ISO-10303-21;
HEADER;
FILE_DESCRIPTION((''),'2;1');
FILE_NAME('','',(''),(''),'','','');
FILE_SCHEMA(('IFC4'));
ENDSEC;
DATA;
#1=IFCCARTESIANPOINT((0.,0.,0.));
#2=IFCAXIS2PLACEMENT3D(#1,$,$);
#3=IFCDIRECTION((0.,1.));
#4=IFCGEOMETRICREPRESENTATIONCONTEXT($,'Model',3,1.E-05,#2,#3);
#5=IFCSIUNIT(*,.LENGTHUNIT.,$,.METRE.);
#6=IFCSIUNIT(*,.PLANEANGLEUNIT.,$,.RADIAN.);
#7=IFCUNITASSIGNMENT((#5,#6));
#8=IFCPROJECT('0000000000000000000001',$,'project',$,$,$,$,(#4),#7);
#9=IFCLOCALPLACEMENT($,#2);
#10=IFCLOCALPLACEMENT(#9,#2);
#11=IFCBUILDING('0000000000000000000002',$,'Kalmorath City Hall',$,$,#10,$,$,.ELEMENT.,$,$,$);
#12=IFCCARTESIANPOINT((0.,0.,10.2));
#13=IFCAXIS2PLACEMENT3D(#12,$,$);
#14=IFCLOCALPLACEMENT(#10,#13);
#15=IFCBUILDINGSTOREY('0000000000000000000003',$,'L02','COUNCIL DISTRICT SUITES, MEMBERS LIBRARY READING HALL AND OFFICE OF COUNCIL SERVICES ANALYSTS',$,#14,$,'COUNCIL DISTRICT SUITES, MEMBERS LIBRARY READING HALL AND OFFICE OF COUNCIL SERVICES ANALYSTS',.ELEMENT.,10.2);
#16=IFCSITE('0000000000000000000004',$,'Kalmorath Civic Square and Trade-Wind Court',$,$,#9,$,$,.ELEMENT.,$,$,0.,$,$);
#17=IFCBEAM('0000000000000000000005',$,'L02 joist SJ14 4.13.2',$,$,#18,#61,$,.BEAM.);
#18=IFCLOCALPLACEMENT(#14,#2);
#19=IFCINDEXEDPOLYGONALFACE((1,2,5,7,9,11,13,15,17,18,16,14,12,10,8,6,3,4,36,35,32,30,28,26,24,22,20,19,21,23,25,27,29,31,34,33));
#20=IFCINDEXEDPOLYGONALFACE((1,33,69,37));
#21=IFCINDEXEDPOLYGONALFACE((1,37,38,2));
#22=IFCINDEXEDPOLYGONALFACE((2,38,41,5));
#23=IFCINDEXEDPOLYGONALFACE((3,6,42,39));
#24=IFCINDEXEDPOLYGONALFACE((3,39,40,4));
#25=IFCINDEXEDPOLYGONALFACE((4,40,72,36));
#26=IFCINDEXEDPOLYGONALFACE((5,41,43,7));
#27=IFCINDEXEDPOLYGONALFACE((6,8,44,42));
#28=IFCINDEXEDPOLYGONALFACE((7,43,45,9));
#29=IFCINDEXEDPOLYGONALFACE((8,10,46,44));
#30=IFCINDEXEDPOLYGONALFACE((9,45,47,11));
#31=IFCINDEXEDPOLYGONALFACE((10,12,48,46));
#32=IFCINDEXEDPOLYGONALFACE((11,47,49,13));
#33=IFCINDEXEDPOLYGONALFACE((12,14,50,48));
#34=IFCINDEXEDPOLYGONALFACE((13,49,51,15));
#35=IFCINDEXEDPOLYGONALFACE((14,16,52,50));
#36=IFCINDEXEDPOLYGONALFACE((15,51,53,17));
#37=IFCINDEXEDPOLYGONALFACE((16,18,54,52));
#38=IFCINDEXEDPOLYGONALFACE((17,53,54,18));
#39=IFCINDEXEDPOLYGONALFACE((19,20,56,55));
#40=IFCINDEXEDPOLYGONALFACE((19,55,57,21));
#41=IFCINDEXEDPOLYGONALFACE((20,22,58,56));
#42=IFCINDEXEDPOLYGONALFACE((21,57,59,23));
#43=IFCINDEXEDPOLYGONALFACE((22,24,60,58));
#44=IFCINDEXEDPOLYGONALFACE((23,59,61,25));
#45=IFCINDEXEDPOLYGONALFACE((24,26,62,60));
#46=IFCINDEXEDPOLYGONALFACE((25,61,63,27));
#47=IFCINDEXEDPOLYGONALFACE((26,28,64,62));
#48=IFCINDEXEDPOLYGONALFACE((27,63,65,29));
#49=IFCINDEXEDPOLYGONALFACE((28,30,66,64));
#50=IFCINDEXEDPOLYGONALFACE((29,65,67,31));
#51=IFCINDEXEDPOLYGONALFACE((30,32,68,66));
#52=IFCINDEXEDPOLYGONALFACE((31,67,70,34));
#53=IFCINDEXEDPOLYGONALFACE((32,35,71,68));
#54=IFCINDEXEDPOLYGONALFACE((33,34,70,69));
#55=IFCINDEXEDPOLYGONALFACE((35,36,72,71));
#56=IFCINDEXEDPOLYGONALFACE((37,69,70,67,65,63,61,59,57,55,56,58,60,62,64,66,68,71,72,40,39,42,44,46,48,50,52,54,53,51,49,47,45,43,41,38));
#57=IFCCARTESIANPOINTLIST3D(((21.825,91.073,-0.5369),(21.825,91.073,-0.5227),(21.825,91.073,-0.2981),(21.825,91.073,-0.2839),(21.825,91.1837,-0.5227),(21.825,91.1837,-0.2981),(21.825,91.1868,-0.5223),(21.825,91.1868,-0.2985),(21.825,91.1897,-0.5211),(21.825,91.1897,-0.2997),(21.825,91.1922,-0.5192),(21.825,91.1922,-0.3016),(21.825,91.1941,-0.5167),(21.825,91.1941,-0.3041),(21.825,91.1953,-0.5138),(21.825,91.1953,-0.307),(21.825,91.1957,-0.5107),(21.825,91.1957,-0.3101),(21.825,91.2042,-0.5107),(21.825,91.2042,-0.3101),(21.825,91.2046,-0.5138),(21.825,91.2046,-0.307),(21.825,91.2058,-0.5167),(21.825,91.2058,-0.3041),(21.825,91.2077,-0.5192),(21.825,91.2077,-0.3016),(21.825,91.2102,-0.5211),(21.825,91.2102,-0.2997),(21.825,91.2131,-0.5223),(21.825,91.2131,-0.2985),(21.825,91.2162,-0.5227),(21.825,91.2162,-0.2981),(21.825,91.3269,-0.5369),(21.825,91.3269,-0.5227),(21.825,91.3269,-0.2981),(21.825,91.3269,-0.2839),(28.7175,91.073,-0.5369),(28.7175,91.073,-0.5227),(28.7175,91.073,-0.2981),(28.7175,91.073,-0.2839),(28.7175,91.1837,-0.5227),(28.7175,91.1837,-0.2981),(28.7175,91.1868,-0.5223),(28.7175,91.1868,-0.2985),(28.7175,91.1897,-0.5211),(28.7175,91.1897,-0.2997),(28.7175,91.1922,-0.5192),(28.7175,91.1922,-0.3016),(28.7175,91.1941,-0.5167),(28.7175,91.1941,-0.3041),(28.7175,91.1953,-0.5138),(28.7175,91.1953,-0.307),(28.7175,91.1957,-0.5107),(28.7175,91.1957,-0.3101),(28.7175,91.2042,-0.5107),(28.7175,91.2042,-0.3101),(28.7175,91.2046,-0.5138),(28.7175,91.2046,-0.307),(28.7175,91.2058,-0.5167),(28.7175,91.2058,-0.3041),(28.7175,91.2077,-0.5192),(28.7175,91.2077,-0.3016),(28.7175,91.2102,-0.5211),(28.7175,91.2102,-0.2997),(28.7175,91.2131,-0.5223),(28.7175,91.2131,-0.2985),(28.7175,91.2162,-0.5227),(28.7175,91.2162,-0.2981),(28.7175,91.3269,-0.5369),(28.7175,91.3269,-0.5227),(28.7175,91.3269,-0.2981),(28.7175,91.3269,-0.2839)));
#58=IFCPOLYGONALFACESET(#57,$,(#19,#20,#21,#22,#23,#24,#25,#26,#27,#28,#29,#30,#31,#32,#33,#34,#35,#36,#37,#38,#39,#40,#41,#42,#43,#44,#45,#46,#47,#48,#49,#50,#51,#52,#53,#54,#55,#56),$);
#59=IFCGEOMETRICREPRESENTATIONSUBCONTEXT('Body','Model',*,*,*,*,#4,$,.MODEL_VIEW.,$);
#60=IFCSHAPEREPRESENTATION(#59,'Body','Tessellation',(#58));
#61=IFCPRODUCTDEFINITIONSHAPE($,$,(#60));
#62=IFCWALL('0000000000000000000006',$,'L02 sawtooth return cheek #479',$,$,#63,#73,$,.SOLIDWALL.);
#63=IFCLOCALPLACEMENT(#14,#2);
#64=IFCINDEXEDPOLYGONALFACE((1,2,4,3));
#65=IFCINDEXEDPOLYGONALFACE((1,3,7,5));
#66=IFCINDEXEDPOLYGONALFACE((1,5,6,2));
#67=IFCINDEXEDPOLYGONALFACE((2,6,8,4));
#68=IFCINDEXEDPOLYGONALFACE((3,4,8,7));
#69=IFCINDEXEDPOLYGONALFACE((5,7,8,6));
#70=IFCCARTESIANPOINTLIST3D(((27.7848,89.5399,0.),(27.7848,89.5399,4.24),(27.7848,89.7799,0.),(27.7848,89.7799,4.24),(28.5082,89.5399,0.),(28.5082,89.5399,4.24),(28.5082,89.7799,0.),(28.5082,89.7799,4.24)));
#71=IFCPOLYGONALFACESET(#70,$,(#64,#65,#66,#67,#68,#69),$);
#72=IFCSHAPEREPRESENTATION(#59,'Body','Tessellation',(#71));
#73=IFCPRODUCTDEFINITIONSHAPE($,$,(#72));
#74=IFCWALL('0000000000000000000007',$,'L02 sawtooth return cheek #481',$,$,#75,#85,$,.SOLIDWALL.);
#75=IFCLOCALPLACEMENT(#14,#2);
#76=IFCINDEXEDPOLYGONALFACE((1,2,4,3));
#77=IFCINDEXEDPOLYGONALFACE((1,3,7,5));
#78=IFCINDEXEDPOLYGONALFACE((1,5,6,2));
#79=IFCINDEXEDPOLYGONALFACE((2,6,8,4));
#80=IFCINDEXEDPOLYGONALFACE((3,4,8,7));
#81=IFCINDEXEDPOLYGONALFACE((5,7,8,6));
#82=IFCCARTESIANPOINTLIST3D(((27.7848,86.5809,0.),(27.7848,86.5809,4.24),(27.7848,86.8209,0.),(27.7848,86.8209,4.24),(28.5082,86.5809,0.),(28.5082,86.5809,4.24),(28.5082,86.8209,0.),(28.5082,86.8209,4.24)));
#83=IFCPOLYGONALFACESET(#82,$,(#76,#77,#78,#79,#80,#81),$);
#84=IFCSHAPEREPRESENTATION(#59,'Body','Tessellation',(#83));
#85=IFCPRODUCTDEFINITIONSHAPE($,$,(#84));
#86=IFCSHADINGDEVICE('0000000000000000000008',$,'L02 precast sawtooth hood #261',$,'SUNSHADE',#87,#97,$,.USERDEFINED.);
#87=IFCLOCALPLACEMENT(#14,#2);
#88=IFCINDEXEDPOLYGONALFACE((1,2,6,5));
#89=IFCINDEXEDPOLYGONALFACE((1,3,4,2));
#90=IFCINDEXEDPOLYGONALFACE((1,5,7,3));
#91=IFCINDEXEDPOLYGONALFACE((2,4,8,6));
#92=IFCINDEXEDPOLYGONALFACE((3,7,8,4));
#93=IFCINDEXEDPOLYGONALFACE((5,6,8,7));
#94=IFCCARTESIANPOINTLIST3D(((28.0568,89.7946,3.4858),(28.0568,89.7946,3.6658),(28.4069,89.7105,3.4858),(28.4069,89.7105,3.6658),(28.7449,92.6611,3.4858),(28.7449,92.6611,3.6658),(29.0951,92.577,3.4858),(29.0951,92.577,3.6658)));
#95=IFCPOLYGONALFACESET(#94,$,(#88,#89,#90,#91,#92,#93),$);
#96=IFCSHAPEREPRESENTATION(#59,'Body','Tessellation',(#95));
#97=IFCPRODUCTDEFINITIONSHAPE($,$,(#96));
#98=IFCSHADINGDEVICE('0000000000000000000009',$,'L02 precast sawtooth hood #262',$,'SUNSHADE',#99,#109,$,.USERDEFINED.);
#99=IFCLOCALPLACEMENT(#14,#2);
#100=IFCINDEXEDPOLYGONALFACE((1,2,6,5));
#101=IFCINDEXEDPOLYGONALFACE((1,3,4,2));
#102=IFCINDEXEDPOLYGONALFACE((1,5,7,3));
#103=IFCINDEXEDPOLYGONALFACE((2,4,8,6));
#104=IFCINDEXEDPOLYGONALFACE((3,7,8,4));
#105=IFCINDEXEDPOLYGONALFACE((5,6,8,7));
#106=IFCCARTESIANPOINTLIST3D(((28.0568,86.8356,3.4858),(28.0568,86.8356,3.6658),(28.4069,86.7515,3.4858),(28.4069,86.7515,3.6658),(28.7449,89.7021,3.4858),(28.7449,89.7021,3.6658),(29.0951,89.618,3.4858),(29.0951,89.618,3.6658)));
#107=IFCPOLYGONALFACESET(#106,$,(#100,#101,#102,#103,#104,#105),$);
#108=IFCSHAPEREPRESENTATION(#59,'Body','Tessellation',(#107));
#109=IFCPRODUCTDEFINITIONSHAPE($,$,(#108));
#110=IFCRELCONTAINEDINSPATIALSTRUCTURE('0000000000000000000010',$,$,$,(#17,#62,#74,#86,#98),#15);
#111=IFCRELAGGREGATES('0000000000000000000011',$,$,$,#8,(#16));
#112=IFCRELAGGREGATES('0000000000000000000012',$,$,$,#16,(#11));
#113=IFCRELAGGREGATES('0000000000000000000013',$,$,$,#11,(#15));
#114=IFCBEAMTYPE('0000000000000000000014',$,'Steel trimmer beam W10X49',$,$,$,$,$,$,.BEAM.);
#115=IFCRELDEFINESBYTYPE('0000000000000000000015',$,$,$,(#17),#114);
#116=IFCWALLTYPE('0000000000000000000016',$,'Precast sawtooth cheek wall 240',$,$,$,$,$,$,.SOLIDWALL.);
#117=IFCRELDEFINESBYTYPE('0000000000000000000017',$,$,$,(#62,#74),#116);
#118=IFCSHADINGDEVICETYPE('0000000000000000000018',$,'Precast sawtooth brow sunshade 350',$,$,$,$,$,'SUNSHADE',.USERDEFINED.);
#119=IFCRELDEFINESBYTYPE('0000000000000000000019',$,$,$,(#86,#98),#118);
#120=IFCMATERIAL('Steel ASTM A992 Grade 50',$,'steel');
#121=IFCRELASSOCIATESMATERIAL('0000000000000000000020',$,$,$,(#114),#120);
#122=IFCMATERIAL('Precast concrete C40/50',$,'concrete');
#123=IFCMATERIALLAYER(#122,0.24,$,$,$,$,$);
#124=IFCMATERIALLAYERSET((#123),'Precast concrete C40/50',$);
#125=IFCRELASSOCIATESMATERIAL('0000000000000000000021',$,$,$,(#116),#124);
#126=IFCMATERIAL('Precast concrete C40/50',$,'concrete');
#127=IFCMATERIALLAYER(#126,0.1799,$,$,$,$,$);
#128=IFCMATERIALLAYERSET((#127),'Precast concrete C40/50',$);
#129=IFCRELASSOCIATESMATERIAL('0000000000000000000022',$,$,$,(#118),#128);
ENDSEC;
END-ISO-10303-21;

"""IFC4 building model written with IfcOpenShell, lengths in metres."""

from ifc_helpers import new_model, si_unit, direction, frame, frame_2d, origin, origin_2d, place, context, subcontext, project, spatial, rectangle, i_section, extrude, material, layer, layer_set, material_profile, profile_set, type_object, element, save


model = new_model("IFC4")

# Units and contexts
model_context = context("Model", 3, precision=1e-05, world=origin(), true_north=direction((0.0, 1.0)))
body_context = subcontext(model_context, "Body", "Model", "MODEL_VIEW")
ifc_project = project(units=[si_unit("LENGTHUNIT", "METRE"), si_unit("PLANEANGLEUNIT", "RADIAN")], contexts=[model_context])

# Site, building, storey
site_placement = place(None, origin())
site = spatial("IfcSite", under=ifc_project, at=site_placement, Name="Kalmorath Civic Square and Trade-Wind Court", CompositionType="ELEMENT", RefElevation=0.0)
building_placement = place(site_placement, origin())
building = spatial("IfcBuilding", under=site, at=building_placement, Name="Kalmorath City Hall", CompositionType="ELEMENT")
storey_placement = place(building_placement, frame((0.0, 0.0, 10.2)))
storey = spatial("IfcBuildingStorey", under=building, at=storey_placement, Name="L02", Description="COUNCIL DISTRICT SUITES, MEMBERS LIBRARY READING HALL AND OFFICE OF COUNCIL SERVICES ANALYSTS", LongName="COUNCIL DISTRICT SUITES, MEMBERS LIBRARY READING HALL AND OFFICE OF COUNCIL SERVICES ANALYSTS", CompositionType="ELEMENT", Elevation=10.2)

# Beam
ifc_material_1 = material(Name="Steel ASTM A992 Grade 50", Category="steel")
ifc_material_profile_1 = material_profile(ifc_material_1, i_section(OverallWidth=0.2539, OverallDepth=0.2529, WebThickness=0.0085, FlangeThickness=0.0142, FilletRadius=0.012, at=origin_2d()), Name="W10X49")
ifc_profile_set_1 = profile_set([ifc_material_profile_1], Name="Steel ASTM A992 Grade 50")
beam_type_1 = type_object("IfcBeamType", Name="Steel trimmer beam W10X49", PredefinedType="BEAM", material=ifc_profile_set_1)
for number, where, z_axis, x_axis, name in (
    (1, (21.825, 91.2, -0.4104), (1.0, 0.0, 0.0), (0.0, 1.0, 0.0), "L02 joist SJ14 4.13.2"),
):
    element("IfcBeam", number, at=place(storey_placement, frame(where, z_axis=z_axis, x_axis=x_axis)), inside=storey, type_object=beam_type_1, Name=name, PredefinedType="BEAM", context=body_context, shape_type="SweptSolid", body=[
        extrude(i_section(OverallWidth=0.2539, OverallDepth=0.2529, WebThickness=0.0085, FlangeThickness=0.0142, FilletRadius=0.012, at=origin_2d()), origin(), (0.0, 0.0, 1.0), 6.8926),
    ])

# Walls
ifc_material_2 = material(Name="Precast concrete C40/50", Category="concrete")
ifc_layer_1 = layer(ifc_material_2, 0.24)
ifc_layer_set_1 = layer_set([ifc_layer_1], Name="Precast concrete C40/50")
wall_type = type_object("IfcWallType", Name="Precast sawtooth cheek wall 240", PredefinedType="SOLIDWALL", material=ifc_layer_set_1)
for number, where, z_axis, x_axis, name in (
    (2, (27.7847, 89.6599, 0.0), (0.0, 0.0, 1.0), (1.0, 0.0, 0.0), "L02 sawtooth return cheek #479"),
    (3, (27.7847, 86.7009, 0.0), (0.0, 0.0, 1.0), (1.0, 0.0, 0.0), "L02 sawtooth return cheek #481"),
):
    element("IfcWall", number, at=place(storey_placement, frame(where, z_axis=z_axis, x_axis=x_axis)), inside=storey, type_object=wall_type, Name=name, PredefinedType="SOLIDWALL", context=body_context, shape_type="SweptSolid", body=[
        extrude(rectangle(XDim=0.7234, YDim=0.24, at=frame_2d((0.3618, 0.0))), origin(), (0.0, 0.0, 1.0), 4.24),
    ])

# Shading devices
ifc_material_3 = material(Name="Precast concrete C40/50", Category="concrete")
ifc_layer_2 = layer(ifc_material_3, 0.1799)
ifc_layer_set_2 = layer_set([ifc_layer_2], Name="Precast concrete C40/50")
shading_device_type = type_object("IfcShadingDeviceType", Name="Precast sawtooth brow sunshade 350", ElementType="SUNSHADE", PredefinedType="USERDEFINED", material=ifc_layer_set_2)
for number, where, z_axis, x_axis, name in (
    (4, (28.5759, 91.1858, 3.4858), (0.0, 0.0, 1.0), (-0.233445, -0.97237, 0.0), "L02 precast sawtooth hood #261"),
    (5, (28.5759, 88.2268, 3.4858), (0.0, 0.0, 1.0), (-0.233445, -0.97237, 0.0), "L02 precast sawtooth hood #262"),
):
    element("IfcShadingDevice", number, at=place(storey_placement, frame(where, z_axis=z_axis, x_axis=x_axis)), inside=storey, type_object=shading_device_type, Name=name, ObjectType="SUNSHADE", PredefinedType="USERDEFINED", context=body_context, shape_type="SweptSolid", body=[
        extrude(rectangle(XDim=2.948, YDim=0.3601, at=origin_2d()), origin(), (0.0, 0.0, 1.0), 0.1799),
    ])

save(model, "model.ifc")
